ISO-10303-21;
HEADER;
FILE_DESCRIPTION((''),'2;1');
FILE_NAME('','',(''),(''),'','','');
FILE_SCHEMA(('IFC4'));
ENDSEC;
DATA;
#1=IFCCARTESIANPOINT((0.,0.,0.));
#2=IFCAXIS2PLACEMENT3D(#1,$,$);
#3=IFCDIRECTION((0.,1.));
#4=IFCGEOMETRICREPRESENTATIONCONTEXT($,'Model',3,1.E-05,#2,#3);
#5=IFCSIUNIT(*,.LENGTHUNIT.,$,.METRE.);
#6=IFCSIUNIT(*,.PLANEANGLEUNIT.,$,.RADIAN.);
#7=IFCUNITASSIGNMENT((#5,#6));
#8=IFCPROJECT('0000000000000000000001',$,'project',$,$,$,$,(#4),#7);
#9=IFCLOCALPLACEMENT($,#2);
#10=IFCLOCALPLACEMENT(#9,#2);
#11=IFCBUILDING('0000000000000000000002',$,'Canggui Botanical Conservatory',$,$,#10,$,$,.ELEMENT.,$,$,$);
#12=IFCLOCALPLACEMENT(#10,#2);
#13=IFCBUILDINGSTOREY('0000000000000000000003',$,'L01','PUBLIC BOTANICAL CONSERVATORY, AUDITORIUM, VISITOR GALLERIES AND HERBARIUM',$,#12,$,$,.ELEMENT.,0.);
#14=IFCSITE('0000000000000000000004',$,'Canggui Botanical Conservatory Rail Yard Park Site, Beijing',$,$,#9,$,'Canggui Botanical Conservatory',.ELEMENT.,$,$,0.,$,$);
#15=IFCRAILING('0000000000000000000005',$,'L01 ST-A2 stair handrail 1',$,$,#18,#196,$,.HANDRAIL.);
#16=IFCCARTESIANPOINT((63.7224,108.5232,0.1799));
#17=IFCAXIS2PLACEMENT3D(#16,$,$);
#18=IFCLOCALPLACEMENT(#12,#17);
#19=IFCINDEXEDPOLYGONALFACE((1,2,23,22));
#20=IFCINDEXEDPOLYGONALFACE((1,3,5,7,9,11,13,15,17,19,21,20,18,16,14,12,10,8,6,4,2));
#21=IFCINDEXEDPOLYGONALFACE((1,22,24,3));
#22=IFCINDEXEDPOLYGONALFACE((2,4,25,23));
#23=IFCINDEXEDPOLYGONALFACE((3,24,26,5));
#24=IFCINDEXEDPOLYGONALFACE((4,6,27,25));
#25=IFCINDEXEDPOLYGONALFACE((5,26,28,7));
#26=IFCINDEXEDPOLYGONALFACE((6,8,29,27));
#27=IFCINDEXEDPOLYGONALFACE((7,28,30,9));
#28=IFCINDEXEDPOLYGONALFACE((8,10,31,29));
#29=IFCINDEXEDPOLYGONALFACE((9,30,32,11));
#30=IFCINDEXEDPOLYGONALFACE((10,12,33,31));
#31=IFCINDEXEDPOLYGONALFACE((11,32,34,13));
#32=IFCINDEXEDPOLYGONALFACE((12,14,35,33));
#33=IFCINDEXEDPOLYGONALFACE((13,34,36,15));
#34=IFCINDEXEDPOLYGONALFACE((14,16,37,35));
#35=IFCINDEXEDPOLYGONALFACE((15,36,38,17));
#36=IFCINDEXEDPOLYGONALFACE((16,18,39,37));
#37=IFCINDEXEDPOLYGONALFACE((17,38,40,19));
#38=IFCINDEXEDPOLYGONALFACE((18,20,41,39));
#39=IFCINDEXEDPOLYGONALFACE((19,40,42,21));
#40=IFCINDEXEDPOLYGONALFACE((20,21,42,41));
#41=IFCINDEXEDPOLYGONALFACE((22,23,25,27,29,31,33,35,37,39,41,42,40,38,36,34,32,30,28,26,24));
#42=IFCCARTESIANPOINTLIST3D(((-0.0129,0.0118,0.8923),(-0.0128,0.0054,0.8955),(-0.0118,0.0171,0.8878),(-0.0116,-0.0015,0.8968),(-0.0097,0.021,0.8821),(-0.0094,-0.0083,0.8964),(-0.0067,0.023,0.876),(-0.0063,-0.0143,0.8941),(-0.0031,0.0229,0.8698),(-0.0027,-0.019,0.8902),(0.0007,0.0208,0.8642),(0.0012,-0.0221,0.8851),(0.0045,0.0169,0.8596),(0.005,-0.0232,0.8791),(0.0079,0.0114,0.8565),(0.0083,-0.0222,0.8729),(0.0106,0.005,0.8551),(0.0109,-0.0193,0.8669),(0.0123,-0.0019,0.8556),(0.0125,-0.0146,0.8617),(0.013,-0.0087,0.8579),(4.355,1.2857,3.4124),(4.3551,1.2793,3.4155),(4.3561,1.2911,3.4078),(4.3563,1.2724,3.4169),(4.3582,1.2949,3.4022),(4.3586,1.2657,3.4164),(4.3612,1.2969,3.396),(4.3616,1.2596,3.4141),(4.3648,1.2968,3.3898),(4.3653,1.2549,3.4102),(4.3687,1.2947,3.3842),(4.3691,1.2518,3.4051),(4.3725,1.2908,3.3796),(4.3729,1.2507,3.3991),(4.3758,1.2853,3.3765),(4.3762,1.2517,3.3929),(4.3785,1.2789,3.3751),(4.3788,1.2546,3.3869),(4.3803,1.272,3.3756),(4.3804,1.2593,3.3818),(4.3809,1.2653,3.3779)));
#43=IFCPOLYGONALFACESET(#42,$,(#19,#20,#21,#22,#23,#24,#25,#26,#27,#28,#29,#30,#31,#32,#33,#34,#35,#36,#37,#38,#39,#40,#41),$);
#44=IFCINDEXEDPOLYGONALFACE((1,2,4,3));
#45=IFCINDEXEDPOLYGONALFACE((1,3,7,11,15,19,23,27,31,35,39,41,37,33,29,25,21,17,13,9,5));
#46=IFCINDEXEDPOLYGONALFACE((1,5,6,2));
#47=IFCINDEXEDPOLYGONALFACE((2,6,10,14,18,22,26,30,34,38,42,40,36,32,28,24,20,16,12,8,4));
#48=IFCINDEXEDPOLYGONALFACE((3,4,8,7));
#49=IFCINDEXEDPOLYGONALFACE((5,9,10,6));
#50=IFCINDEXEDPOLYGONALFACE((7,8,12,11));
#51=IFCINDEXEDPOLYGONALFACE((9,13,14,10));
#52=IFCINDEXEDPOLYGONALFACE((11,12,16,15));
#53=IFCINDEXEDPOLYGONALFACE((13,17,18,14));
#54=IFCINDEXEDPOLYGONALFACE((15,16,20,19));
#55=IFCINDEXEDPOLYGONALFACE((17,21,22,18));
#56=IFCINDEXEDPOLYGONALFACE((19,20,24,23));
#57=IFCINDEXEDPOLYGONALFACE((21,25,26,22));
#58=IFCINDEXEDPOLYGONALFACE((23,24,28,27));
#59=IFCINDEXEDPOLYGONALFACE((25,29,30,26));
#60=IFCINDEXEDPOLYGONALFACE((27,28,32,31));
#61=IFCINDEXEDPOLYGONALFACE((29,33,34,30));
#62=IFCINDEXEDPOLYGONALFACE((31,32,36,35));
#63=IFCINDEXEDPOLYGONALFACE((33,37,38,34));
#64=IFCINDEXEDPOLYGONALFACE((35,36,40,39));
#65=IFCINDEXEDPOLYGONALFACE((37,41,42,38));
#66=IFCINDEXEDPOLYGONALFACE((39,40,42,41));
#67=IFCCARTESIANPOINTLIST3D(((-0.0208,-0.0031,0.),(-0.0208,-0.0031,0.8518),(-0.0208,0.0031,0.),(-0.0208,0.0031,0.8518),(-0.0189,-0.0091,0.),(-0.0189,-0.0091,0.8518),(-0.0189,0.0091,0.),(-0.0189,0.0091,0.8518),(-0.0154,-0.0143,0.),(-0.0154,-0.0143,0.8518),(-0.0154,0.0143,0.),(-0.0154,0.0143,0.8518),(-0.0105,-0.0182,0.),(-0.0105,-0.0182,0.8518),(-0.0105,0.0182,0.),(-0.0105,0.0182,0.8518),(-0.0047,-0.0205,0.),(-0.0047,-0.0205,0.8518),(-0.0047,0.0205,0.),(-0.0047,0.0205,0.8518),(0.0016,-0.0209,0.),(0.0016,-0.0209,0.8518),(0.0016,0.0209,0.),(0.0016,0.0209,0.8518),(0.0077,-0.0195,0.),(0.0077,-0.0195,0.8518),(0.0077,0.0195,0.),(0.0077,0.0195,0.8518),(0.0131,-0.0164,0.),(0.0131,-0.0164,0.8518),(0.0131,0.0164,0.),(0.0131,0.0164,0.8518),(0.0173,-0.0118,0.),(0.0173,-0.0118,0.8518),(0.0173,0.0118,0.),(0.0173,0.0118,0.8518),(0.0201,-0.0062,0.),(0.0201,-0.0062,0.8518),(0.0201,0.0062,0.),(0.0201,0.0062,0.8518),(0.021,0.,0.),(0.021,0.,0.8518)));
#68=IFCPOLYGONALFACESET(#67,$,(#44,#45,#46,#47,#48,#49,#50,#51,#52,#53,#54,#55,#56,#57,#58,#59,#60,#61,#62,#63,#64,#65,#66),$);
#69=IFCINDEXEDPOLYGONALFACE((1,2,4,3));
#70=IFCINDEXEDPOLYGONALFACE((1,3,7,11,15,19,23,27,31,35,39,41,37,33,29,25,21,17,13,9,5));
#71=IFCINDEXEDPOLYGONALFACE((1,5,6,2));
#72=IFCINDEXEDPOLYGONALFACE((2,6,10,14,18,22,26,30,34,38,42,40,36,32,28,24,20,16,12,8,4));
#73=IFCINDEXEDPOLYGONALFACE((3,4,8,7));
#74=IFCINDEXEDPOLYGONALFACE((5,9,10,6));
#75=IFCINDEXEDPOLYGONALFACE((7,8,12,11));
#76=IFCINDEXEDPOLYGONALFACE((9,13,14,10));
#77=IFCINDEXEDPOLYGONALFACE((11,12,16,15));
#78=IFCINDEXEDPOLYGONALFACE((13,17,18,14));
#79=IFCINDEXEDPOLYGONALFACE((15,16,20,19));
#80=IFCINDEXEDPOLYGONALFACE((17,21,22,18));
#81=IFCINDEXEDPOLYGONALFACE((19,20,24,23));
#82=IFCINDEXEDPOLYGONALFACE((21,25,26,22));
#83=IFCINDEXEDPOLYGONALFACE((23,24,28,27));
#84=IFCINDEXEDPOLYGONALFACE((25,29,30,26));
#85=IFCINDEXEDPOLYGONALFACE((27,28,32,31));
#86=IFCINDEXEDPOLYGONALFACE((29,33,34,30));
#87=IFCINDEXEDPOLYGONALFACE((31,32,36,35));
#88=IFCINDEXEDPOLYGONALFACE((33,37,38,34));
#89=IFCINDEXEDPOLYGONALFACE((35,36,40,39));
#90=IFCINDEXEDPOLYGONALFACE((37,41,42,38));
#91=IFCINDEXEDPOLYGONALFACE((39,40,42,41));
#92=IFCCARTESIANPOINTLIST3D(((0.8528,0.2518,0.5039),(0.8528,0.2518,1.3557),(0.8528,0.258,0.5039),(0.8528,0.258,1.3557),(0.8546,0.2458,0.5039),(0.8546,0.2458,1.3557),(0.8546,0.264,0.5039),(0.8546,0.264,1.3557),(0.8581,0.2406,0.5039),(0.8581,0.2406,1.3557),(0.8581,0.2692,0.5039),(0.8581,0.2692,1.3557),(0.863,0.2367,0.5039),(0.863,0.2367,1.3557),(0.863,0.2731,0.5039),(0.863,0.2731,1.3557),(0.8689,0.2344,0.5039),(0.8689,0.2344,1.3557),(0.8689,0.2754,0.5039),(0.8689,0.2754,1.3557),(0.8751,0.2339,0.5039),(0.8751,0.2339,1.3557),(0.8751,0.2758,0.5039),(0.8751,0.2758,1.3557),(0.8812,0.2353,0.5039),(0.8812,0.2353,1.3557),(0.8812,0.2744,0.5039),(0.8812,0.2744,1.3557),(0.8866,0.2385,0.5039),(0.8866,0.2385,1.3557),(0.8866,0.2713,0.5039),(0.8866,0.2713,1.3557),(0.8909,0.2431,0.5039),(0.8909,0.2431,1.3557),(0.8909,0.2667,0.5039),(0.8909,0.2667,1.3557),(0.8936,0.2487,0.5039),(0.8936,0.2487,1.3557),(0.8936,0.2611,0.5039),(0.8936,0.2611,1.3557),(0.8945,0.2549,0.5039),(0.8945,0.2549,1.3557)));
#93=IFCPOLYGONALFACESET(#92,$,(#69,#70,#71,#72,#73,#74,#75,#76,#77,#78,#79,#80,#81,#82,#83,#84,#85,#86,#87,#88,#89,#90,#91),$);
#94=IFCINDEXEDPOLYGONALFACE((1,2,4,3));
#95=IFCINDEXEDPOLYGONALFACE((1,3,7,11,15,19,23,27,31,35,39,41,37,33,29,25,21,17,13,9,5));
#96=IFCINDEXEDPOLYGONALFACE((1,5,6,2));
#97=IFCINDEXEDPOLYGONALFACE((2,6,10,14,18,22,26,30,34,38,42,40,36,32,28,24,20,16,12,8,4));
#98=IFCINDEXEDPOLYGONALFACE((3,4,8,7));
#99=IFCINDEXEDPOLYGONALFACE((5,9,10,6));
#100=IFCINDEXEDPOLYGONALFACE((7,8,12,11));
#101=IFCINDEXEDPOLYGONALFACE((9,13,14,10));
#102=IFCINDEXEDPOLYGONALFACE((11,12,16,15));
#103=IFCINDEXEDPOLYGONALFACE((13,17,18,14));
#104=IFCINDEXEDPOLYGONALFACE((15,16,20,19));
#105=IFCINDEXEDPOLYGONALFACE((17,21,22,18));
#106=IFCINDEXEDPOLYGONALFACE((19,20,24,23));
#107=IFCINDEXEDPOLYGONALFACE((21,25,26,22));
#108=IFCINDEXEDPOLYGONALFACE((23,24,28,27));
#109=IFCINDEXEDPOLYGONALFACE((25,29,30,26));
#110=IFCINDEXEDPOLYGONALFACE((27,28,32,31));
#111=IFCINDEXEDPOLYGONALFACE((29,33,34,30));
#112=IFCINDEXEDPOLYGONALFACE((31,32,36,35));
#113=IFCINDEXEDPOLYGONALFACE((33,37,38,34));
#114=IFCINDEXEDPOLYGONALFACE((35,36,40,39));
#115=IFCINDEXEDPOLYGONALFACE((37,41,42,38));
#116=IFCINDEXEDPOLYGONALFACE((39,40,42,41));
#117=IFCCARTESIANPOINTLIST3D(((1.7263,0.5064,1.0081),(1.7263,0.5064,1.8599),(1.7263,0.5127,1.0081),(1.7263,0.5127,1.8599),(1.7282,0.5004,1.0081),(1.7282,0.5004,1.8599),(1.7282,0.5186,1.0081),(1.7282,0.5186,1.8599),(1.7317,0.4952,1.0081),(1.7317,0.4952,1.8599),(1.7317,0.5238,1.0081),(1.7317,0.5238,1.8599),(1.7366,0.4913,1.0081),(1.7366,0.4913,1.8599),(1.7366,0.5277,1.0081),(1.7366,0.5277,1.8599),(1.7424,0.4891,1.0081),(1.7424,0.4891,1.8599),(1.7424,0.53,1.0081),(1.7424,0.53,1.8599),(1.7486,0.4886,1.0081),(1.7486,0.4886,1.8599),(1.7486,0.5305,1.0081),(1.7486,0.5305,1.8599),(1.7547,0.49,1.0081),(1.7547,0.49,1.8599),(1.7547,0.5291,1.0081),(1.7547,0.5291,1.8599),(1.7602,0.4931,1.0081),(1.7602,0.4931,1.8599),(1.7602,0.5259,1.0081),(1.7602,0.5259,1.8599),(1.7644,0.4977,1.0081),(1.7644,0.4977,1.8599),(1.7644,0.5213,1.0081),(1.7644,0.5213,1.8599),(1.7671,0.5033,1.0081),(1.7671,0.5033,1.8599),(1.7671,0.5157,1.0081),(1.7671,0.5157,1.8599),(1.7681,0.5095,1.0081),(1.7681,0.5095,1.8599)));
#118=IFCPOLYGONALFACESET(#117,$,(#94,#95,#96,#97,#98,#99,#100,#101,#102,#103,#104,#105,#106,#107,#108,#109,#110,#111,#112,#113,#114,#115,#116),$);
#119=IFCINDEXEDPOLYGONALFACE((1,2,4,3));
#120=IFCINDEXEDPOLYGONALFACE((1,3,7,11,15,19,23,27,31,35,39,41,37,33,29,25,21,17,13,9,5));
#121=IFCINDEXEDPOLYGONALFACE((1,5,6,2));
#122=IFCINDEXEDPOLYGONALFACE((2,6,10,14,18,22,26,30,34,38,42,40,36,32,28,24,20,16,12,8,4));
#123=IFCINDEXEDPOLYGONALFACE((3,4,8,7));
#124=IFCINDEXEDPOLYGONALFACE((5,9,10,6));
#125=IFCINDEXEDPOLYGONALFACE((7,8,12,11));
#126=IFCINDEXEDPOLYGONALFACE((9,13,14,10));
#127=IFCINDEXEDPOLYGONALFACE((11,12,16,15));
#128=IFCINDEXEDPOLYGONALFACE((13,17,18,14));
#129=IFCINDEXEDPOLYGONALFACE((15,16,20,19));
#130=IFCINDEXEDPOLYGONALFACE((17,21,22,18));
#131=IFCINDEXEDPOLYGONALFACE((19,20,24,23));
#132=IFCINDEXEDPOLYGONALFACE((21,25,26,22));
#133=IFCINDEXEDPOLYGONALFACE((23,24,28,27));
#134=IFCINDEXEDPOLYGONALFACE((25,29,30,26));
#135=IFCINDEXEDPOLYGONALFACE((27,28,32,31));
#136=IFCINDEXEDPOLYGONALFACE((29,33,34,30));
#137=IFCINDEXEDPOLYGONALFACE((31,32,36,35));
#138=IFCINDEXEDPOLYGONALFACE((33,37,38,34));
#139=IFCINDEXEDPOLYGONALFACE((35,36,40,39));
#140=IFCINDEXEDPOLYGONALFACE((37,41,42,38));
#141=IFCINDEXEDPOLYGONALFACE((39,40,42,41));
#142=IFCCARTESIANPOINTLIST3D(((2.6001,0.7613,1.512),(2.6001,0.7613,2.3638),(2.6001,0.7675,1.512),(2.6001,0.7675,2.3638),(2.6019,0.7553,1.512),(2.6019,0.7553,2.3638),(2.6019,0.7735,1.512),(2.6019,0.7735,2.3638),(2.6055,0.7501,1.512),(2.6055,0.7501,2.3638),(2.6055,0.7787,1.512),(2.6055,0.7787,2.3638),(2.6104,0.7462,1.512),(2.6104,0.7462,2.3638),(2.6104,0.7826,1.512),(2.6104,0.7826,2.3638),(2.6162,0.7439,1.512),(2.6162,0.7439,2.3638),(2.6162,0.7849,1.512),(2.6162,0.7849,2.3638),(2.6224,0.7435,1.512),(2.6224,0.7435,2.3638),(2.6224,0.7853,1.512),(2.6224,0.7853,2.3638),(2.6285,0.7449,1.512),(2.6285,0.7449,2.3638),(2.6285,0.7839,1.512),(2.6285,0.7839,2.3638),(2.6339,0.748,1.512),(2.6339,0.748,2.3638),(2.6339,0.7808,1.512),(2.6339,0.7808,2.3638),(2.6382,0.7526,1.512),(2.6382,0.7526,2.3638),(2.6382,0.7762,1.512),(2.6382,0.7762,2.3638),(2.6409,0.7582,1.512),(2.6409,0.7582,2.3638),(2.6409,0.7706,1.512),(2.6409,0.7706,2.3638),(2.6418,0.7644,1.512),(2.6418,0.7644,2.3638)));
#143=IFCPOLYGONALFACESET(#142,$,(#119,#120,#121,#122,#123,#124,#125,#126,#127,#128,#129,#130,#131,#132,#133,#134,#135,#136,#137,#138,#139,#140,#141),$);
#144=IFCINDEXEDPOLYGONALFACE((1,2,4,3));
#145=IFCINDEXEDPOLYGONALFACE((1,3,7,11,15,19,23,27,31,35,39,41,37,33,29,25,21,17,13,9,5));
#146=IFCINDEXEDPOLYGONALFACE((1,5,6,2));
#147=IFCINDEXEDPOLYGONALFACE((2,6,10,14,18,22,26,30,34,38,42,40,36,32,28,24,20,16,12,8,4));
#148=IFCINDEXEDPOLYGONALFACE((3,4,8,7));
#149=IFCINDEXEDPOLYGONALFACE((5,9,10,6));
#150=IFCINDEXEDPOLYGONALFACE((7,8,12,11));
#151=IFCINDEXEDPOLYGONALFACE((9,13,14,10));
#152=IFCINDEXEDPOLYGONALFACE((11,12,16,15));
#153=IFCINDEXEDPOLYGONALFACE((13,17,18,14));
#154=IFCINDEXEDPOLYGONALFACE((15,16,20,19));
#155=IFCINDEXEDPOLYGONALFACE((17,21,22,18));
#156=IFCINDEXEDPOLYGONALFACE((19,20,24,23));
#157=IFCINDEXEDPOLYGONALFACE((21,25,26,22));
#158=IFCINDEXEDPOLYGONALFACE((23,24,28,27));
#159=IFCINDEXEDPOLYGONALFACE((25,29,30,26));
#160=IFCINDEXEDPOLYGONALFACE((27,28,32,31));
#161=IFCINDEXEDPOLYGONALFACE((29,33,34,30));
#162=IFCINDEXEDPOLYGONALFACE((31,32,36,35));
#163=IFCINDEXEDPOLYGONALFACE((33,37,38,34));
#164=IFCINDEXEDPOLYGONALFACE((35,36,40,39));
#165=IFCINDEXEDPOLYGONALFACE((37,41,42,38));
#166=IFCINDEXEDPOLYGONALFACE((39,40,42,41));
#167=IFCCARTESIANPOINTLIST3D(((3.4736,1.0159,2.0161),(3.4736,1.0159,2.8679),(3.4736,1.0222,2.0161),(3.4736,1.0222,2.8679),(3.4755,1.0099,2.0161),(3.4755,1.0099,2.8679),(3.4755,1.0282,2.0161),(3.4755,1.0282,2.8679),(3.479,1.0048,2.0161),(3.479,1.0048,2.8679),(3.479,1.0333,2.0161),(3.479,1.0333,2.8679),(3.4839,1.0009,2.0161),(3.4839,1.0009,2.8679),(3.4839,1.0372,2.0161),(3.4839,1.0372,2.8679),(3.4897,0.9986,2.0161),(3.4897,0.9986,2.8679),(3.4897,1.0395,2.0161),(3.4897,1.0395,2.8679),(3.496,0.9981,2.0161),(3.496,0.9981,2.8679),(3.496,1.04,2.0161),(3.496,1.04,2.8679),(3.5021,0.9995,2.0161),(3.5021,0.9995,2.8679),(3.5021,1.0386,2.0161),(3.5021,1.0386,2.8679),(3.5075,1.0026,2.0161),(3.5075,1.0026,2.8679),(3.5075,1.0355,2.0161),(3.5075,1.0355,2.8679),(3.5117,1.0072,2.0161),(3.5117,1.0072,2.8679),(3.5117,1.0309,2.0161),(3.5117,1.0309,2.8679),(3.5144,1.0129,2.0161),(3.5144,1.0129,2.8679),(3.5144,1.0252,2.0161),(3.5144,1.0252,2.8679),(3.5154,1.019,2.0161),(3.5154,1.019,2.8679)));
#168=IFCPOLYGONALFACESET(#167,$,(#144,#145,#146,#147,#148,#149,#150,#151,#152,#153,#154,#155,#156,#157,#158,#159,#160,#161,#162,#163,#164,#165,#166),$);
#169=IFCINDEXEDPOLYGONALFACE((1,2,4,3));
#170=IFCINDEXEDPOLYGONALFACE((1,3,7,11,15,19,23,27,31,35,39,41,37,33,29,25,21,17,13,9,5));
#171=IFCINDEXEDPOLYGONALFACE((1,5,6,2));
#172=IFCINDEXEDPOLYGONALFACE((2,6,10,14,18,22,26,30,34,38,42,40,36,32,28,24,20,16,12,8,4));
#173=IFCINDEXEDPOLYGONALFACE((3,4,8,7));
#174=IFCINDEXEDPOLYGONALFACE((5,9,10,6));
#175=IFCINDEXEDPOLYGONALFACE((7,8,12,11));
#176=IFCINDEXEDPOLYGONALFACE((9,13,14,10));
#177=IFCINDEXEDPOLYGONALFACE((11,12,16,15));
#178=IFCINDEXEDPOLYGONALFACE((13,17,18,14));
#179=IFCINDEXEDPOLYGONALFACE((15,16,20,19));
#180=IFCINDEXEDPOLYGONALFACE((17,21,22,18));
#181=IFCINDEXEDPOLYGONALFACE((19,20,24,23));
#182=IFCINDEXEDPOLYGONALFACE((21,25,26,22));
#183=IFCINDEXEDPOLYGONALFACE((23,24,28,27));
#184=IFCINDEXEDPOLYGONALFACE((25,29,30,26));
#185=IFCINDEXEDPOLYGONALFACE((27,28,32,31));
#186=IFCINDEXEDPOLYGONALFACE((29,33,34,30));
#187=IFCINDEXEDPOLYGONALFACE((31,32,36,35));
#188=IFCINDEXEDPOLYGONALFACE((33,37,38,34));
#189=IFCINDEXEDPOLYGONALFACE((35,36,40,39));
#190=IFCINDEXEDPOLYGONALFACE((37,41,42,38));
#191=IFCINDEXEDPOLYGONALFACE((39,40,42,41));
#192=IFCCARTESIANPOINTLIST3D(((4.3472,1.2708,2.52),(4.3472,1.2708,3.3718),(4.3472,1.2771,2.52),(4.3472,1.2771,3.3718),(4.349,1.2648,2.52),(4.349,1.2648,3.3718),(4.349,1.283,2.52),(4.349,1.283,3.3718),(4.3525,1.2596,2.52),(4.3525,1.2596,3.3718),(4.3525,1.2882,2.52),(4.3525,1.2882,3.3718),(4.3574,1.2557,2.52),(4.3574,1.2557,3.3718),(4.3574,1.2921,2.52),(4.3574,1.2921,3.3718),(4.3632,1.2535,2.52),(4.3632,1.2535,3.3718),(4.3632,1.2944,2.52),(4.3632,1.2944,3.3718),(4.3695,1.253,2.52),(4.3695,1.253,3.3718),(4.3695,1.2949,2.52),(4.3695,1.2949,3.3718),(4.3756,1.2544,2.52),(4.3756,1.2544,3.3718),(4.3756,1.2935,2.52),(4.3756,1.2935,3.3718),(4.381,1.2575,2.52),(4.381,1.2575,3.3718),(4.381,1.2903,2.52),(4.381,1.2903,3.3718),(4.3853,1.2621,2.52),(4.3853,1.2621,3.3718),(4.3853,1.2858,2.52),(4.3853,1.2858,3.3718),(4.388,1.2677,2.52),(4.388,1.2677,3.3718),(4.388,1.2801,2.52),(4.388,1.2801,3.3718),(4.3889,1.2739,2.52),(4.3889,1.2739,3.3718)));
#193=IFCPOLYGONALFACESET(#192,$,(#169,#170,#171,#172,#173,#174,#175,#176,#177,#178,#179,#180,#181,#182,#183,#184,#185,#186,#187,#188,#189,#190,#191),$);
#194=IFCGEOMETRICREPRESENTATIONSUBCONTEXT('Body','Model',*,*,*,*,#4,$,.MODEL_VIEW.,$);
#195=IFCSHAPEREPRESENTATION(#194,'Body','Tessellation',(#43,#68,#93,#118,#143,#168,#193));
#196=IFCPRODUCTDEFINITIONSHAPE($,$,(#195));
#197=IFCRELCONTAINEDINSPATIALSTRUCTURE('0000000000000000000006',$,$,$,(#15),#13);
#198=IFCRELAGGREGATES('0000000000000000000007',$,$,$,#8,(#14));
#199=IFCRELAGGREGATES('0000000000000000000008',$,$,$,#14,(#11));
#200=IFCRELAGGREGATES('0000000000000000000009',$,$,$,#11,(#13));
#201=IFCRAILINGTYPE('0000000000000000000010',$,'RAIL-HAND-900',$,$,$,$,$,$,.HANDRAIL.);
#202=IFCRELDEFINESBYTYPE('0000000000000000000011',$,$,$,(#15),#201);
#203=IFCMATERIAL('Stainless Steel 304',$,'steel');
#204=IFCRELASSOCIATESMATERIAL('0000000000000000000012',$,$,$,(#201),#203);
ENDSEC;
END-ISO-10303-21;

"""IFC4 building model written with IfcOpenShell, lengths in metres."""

from ifc_helpers import new_model, si_unit, direction, frame, origin, origin_2d, place, context, subcontext, project, spatial, circle, extrude, material, type_object, element, save


model = new_model("IFC4")

# Units and contexts
model_context = context("Model", 3, precision=1e-05, world=origin(), true_north=direction((0.0, 1.0)))
body_context = subcontext(model_context, "Body", "Model", "MODEL_VIEW")
ifc_project = project(units=[si_unit("LENGTHUNIT", "METRE"), si_unit("PLANEANGLEUNIT", "RADIAN")], contexts=[model_context])

# Site, building, storey
site_placement = place(None, origin())
site = spatial("IfcSite", under=ifc_project, at=site_placement, Name="Canggui Botanical Conservatory Rail Yard Park Site, Beijing", LongName="Canggui Botanical Conservatory", CompositionType="ELEMENT", RefElevation=0.0)
building_placement = place(site_placement, origin())
building = spatial("IfcBuilding", under=site, at=building_placement, Name="Canggui Botanical Conservatory", CompositionType="ELEMENT")
storey_placement = place(building_placement, origin())
storey = spatial("IfcBuildingStorey", under=building, at=storey_placement, Name="L01", Description="PUBLIC BOTANICAL CONSERVATORY, AUDITORIUM, VISITOR GALLERIES AND HERBARIUM", CompositionType="ELEMENT", Elevation=0.0)

# Railing
ifc_material_1 = material(Name="Stainless Steel 304", Category="steel")
railing_type_1 = type_object("IfcRailingType", Name="RAIL-HAND-900", PredefinedType="HANDRAIL", material=ifc_material_1)
railing_1_placement = place(storey_placement, frame((63.7224, 108.5232, 0.1799)))
element("IfcRailing", 1, at=railing_1_placement, inside=storey, type_object=railing_type_1, Name="L01 ST-A2 stair handrail 1", PredefinedType="HANDRAIL", context=body_context, shape_type="SweptSolid", body=[
    extrude(circle(Radius=0.0239, at=origin_2d()), frame((0.0, 0.0, 0.876), z_axis=(0.839797, 0.244931, 0.484511), x_axis=(-0.27999, 0.960003, 0.0)), (0.0, 0.0, 1.0), 5.2012),
    extrude(circle(Radius=0.021, at=origin_2d()), origin(), (0.0, 0.0, 1.0), 0.8518),
    extrude(circle(Radius=0.021, at=origin_2d()), frame((0.8735, 0.2549, 0.5039)), (0.0, 0.0, 1.0), 0.8518),
    extrude(circle(Radius=0.021, at=origin_2d()), frame((1.7471, 0.5095, 1.0081)), (0.0, 0.0, 1.0), 0.8518),
    extrude(circle(Radius=0.021, at=origin_2d()), frame((2.6208, 0.7644, 1.512)), (0.0, 0.0, 1.0), 0.8518),
    extrude(circle(Radius=0.021, at=origin_2d()), frame((3.4944, 1.019, 2.0161)), (0.0, 0.0, 1.0), 0.8518),
    extrude(circle(Radius=0.021, at=origin_2d()), frame((4.3679, 1.2739, 2.52)), (0.0, 0.0, 1.0), 0.8518),
])

save(model, "model.ifc")
